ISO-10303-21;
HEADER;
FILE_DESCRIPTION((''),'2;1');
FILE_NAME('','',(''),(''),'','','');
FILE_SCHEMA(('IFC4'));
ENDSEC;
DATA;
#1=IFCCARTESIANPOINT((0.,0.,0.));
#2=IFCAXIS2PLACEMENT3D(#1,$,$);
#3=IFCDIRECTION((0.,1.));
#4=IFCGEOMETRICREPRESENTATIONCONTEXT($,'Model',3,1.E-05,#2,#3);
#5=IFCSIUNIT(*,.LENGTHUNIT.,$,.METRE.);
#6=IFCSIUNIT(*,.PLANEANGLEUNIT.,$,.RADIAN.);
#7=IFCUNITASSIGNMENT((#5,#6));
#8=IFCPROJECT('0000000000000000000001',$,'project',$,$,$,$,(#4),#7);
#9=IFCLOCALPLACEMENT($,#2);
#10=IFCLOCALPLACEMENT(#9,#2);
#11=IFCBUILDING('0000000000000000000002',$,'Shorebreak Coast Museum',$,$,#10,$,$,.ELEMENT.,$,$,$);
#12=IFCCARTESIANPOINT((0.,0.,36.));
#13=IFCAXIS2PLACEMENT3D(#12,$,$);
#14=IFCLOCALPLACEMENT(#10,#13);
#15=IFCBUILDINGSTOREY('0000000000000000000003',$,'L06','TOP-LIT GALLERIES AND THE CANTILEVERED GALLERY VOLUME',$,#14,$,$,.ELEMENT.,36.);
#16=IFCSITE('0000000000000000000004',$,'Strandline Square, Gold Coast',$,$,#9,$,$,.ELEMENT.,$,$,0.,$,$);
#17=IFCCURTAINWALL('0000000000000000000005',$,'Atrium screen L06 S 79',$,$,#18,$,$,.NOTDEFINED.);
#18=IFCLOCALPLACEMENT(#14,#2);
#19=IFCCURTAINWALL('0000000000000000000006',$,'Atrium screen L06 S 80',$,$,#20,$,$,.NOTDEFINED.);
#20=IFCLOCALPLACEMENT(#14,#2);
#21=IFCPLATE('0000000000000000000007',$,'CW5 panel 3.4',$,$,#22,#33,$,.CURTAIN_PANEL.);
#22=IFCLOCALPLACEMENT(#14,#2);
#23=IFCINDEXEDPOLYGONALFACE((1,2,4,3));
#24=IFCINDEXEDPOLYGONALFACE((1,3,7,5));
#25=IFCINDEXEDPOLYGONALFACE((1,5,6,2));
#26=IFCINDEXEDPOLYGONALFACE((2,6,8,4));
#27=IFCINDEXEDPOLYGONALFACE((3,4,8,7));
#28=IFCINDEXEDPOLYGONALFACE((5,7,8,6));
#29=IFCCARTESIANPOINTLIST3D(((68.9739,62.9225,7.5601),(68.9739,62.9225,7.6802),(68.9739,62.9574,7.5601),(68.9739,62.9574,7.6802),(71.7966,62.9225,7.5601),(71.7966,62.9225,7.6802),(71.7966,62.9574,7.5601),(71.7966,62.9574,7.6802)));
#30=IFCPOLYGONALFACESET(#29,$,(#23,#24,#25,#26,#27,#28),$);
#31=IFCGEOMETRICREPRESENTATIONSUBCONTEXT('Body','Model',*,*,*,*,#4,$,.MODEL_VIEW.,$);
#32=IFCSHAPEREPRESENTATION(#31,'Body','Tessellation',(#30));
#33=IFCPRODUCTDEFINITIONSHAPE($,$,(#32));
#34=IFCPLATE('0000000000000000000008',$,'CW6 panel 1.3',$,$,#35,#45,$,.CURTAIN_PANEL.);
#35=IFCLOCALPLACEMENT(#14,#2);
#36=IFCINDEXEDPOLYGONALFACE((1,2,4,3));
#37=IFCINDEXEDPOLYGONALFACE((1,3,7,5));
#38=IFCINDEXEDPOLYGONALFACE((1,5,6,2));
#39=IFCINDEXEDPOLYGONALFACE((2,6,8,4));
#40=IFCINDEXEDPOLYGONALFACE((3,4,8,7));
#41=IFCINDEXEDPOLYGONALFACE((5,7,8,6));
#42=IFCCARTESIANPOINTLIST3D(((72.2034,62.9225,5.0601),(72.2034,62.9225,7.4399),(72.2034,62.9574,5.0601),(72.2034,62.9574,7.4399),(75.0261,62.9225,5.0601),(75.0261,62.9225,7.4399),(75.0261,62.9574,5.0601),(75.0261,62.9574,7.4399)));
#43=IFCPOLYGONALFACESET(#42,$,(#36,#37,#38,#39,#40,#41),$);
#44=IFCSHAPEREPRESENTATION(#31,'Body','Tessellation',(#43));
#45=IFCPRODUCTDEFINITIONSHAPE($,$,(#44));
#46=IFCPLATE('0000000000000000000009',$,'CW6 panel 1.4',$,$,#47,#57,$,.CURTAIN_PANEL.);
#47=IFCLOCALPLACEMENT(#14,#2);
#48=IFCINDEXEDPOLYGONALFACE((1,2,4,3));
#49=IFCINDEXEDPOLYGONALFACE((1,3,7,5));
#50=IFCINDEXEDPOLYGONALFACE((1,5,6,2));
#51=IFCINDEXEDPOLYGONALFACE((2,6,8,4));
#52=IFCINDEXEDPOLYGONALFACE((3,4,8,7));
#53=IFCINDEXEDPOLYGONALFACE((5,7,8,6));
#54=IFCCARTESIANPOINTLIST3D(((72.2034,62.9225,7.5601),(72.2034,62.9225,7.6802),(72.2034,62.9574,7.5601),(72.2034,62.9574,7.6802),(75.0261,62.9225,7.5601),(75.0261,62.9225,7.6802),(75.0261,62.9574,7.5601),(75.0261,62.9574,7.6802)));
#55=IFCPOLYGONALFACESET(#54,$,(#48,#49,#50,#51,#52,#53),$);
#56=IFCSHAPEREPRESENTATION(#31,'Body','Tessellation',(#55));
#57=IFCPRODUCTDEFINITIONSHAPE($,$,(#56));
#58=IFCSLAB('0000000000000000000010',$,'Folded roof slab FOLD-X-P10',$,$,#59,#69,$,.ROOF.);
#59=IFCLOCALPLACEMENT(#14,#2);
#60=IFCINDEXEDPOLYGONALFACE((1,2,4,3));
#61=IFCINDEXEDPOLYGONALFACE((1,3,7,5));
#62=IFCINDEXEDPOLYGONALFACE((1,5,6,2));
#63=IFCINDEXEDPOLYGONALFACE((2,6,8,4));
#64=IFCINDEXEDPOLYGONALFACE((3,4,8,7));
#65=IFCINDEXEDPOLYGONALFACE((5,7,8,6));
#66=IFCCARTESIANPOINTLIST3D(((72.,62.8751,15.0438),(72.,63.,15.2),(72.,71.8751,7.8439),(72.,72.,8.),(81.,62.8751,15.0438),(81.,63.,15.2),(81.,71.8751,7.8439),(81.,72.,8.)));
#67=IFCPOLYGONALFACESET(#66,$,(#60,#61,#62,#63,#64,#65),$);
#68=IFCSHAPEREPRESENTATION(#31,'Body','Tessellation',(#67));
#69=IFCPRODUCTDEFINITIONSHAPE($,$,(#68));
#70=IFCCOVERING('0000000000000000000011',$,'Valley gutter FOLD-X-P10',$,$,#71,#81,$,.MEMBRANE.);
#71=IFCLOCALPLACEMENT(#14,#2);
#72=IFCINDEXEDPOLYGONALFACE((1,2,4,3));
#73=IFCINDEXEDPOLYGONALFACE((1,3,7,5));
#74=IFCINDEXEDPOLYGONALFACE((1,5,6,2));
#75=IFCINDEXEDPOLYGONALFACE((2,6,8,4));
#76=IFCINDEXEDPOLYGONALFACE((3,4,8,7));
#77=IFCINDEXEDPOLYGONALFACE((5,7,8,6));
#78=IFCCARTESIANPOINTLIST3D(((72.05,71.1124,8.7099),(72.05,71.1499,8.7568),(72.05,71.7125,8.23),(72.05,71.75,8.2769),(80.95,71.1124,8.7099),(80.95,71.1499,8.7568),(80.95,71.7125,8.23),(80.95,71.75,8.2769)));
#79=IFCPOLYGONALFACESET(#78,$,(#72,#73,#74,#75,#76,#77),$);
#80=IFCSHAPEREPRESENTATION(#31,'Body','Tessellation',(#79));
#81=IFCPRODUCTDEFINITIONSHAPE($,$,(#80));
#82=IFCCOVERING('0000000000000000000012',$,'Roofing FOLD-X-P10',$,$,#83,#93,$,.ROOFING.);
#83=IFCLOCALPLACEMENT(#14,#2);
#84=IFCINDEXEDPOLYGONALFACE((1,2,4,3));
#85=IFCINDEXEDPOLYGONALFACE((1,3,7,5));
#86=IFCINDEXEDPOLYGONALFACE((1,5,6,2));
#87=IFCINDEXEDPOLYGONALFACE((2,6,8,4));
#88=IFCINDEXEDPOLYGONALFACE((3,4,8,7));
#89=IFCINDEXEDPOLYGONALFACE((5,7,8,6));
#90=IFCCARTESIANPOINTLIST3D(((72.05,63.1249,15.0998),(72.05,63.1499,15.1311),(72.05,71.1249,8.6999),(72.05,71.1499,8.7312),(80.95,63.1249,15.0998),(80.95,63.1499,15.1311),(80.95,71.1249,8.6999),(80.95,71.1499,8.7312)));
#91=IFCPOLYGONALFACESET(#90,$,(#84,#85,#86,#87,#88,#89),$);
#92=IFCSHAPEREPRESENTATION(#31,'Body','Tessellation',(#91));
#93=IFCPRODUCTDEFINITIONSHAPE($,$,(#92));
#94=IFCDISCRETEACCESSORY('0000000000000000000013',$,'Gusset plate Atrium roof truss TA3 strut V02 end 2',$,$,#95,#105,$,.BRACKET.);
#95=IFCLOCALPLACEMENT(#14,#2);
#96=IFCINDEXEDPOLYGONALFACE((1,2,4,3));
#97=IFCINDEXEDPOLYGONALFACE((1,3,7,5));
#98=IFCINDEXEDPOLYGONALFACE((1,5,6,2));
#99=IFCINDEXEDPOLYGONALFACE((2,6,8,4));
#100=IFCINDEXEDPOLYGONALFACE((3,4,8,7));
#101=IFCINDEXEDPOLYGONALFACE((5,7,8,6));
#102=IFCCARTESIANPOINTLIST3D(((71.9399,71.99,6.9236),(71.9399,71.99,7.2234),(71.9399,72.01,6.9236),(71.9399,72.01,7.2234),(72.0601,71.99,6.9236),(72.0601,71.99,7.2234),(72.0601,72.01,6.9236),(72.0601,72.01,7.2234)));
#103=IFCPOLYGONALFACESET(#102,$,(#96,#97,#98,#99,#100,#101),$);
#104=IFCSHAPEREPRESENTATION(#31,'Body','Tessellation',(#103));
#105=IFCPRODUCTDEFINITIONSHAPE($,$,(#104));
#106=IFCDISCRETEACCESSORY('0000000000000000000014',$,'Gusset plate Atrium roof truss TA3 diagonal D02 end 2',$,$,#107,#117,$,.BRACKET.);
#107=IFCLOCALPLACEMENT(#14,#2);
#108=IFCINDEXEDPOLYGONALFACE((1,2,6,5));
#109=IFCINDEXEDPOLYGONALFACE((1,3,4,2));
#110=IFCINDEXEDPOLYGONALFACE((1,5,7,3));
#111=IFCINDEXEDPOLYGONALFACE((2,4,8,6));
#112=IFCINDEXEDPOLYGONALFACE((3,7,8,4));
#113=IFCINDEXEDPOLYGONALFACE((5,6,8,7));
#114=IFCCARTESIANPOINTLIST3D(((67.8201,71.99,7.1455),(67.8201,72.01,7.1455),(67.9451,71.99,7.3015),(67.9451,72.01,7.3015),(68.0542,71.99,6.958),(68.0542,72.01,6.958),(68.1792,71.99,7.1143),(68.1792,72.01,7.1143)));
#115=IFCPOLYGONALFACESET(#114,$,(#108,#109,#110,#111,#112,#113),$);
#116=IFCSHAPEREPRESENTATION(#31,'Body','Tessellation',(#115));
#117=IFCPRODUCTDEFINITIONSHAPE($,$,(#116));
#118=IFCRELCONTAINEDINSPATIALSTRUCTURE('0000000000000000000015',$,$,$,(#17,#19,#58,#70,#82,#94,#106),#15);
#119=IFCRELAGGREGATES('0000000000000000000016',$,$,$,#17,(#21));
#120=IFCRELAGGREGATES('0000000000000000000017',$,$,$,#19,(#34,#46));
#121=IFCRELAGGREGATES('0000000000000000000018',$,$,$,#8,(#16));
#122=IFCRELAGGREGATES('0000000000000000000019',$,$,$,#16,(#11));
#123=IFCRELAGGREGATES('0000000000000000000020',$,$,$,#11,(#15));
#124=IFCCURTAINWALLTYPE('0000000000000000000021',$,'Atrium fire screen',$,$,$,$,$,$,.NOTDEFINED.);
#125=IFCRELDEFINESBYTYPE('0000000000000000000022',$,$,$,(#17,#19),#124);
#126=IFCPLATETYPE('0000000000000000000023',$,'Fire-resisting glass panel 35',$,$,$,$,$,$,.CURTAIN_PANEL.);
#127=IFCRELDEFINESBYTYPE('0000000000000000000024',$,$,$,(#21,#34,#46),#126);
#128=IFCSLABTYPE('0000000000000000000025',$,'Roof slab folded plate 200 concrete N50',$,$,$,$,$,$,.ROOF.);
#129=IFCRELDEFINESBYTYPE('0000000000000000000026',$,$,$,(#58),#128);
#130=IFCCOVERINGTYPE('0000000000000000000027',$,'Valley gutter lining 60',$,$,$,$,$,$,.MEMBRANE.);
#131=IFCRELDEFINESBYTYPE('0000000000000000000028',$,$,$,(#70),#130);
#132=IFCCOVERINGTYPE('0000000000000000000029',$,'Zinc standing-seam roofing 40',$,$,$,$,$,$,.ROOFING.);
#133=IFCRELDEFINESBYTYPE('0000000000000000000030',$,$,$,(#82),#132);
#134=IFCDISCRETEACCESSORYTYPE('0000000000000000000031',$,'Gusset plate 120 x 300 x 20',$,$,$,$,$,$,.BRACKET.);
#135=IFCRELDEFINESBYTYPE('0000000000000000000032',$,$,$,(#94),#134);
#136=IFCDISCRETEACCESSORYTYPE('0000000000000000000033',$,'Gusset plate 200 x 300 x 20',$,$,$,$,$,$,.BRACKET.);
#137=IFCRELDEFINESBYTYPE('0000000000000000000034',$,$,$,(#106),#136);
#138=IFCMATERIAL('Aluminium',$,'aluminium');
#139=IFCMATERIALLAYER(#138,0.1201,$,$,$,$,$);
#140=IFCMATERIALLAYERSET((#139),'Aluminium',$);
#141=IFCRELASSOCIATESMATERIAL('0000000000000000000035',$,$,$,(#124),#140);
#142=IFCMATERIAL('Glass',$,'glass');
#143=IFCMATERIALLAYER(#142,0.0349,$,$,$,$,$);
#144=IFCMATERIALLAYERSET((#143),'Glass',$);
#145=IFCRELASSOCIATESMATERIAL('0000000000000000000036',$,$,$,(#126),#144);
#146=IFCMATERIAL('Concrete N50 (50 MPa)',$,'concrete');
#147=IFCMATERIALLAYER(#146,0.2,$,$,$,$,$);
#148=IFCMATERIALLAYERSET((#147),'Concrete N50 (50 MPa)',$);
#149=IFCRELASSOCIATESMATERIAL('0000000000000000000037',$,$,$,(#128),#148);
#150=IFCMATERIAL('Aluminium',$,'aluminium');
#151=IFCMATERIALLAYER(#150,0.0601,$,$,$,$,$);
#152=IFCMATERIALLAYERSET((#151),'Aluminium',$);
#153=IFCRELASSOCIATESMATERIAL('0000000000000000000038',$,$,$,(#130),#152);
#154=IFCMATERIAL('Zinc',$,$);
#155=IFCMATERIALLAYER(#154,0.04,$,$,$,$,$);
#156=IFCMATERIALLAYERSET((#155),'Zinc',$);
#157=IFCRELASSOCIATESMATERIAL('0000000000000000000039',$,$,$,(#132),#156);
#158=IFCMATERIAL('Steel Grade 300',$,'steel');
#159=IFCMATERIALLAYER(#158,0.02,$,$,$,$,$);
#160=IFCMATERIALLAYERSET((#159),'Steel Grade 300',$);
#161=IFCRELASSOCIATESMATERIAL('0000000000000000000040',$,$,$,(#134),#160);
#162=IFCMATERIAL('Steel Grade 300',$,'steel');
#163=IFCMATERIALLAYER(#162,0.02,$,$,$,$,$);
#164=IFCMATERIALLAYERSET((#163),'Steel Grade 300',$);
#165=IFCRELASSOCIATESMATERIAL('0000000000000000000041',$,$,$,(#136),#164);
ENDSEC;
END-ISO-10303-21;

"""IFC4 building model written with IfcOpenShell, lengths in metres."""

from ifc_helpers import new_model, si_unit, direction, frame, origin, origin_2d, place, context, subcontext, project, spatial, polyline, rectangle, outline, extrude, material, layer, layer_set, type_object, element, aggregate, save


model = new_model("IFC4")

# Units and contexts
model_context = context("Model", 3, precision=1e-05, world=origin(), true_north=direction((0.0, 1.0)))
body_context = subcontext(model_context, "Body", "Model", "MODEL_VIEW")
ifc_project = project(units=[si_unit("LENGTHUNIT", "METRE"), si_unit("PLANEANGLEUNIT", "RADIAN")], contexts=[model_context])

# Site, building, storey
site_placement = place(None, origin())
site = spatial("IfcSite", under=ifc_project, at=site_placement, Name="Strandline Square, Gold Coast", CompositionType="ELEMENT", RefElevation=0.0)
building_placement = place(site_placement, origin())
building = spatial("IfcBuilding", under=site, at=building_placement, Name="Shorebreak Coast Museum", CompositionType="ELEMENT")
storey_placement = place(building_placement, frame((0.0, 0.0, 36.0)))
storey = spatial("IfcBuildingStorey", under=building, at=storey_placement, Name="L06", Description="TOP-LIT GALLERIES AND THE CANTILEVERED GALLERY VOLUME", CompositionType="ELEMENT", Elevation=36.0)

# Curtain walls
ifc_material_1 = material(Name="Aluminium", Category="aluminium")
ifc_layer_1 = layer(ifc_material_1, 0.1201)
ifc_layer_set_1 = layer_set([ifc_layer_1], Name="Aluminium")
curtain_wall_type = type_object("IfcCurtainWallType", Name="Atrium fire screen", PredefinedType="NOTDEFINED", material=ifc_layer_set_1)
curtain_wall_1_placement = place(storey_placement, origin())
curtain_wall_1 = element("IfcCurtainWall", 1, at=curtain_wall_1_placement, inside=storey, type_object=curtain_wall_type, Name="Atrium screen L06 S 79", PredefinedType="NOTDEFINED")
curtain_wall_2_placement = place(storey_placement, origin())
curtain_wall_2 = element("IfcCurtainWall", 2, at=curtain_wall_2_placement, inside=storey, type_object=curtain_wall_type, Name="Atrium screen L06 S 80", PredefinedType="NOTDEFINED")

# Plates
ifc_material_2 = material(Name="Glass", Category="glass")
ifc_layer_2 = layer(ifc_material_2, 0.0349)
ifc_layer_set_2 = layer_set([ifc_layer_2], Name="Glass")
plate_type = type_object("IfcPlateType", Name="Fire-resisting glass panel 35", PredefinedType="CURTAIN_PANEL", material=ifc_layer_set_2)
plate_1_placement = place(storey_placement, frame((70.3853, 62.9399, 7.5601), z_axis=(0.0, 0.0, 1.0), x_axis=(1.0, 0.0, 0.0)))
plate_1 = element("IfcPlate", 3, at=plate_1_placement, type_object=plate_type, Name="CW5 panel 3.4", PredefinedType="CURTAIN_PANEL", context=body_context, shape_type="SweptSolid", body=[
    extrude(rectangle(XDim=2.8228, YDim=0.0349, at=origin_2d()), origin(), (0.0, 0.0, 1.0), 0.1201),
])
aggregate(curtain_wall_1, [plate_1])
plate_2_placement = place(storey_placement, frame((73.6147, 62.9399, 5.0601), z_axis=(0.0, 0.0, 1.0), x_axis=(1.0, 0.0, 0.0)))
plate_2 = element("IfcPlate", 4, at=plate_2_placement, type_object=plate_type, Name="CW6 panel 1.3", PredefinedType="CURTAIN_PANEL", context=body_context, shape_type="SweptSolid", body=[
    extrude(rectangle(XDim=2.8228, YDim=0.0349, at=origin_2d()), origin(), (0.0, 0.0, 1.0), 2.3799),
])
plate_3_placement = place(storey_placement, frame((73.6147, 62.9399, 7.5601), z_axis=(0.0, 0.0, 1.0), x_axis=(1.0, 0.0, 0.0)))
plate_3 = element("IfcPlate", 5, at=plate_3_placement, type_object=plate_type, Name="CW6 panel 1.4", PredefinedType="CURTAIN_PANEL", context=body_context, shape_type="SweptSolid", body=[
    extrude(rectangle(XDim=2.8228, YDim=0.0349, at=origin_2d()), origin(), (0.0, 0.0, 1.0), 0.1201),
])
aggregate(curtain_wall_2, [plate_2, plate_3])

# Slab
ifc_material_3 = material(Name="Concrete N50 (50 MPa)", Category="concrete")
ifc_layer_3 = layer(ifc_material_3, 0.2)
ifc_layer_set_3 = layer_set([ifc_layer_3], Name="Concrete N50 (50 MPa)")
slab_type = type_object("IfcSlabType", Name="Roof slab folded plate 200 concrete N50", PredefinedType="ROOF", material=ifc_layer_set_3)
slab_placement = place(storey_placement, frame((72.0, 63.0, 15.2), z_axis=(0.0, 0.624692, 0.780871), x_axis=(1.0, 0.0, 0.0)))
element("IfcSlab", 6, at=slab_placement, inside=storey, type_object=slab_type, Name="Folded roof slab FOLD-X-P10", PredefinedType="ROOF", context=body_context, shape_type="SweptSolid", body=[
    extrude(outline(polyline([(0.0, 0.0), (9.0, 0.0), (9.0, 11.5256), (0.0, 11.5256), (0.0, 0.0)])), origin(), (0.0, 0.0, -1.0), 0.2),
])

# Coverings
ifc_material_4 = material(Name="Aluminium", Category="aluminium")
ifc_layer_4 = layer(ifc_material_4, 0.0601)
ifc_layer_set_4 = layer_set([ifc_layer_4], Name="Aluminium")
covering_type_1 = type_object("IfcCoveringType", Name="Valley gutter lining 60", PredefinedType="MEMBRANE", material=ifc_layer_set_4)
covering_1_placement = place(storey_placement, frame((72.05, 71.1499, 8.7568), z_axis=(0.0, 0.624618, 0.780931), x_axis=(1.0, 0.0, 0.0)))
element("IfcCovering", 7, at=covering_1_placement, inside=storey, type_object=covering_type_1, Name="Valley gutter FOLD-X-P10", PredefinedType="MEMBRANE", context=body_context, shape_type="SweptSolid", body=[
    extrude(outline(polyline([(0.0, 0.0), (8.8999, 0.0), (8.8999, 0.7684), (0.0, 0.7684), (0.0, 0.0)])), origin(), (0.0, 0.0, -1.0), 0.0601),
])
ifc_material_5 = material(Name="Zinc")
ifc_layer_5 = layer(ifc_material_5, 0.04)
ifc_layer_set_5 = layer_set([ifc_layer_5], Name="Zinc")
covering_type_2 = type_object("IfcCoveringType", Name="Zinc standing-seam roofing 40", PredefinedType="ROOFING", material=ifc_layer_set_5)
covering_2_placement = place(storey_placement, frame((72.05, 63.1499, 15.1311), z_axis=(0.0, 0.624689, 0.780873), x_axis=(1.0, 0.0, 0.0)))
element("IfcCovering", 8, at=covering_2_placement, inside=storey, type_object=covering_type_2, Name="Roofing FOLD-X-P10", PredefinedType="ROOFING", context=body_context, shape_type="SweptSolid", body=[
    extrude(outline(polyline([(0.0, 0.0), (8.8999, 0.0), (8.8999, 10.2449), (0.0, 10.2449), (0.0, 0.0)])), origin(), (0.0, 0.0, -1.0), 0.04),
])

# Discrete accessories
ifc_material_6 = material(Name="Steel Grade 300", Category="steel")
ifc_layer_6 = layer(ifc_material_6, 0.02)
ifc_layer_set_6 = layer_set([ifc_layer_6], Name="Steel Grade 300")
discrete_accessory_type_1 = type_object("IfcDiscreteAccessoryType", Name="Gusset plate 120 x 300 x 20", PredefinedType="BRACKET", material=ifc_layer_set_6)
discrete_accessory_1_placement = place(storey_placement, frame((71.9399, 71.99, 6.9236), z_axis=(0.0, -1.0, 0.0), x_axis=(1.0, 0.0, 0.0)))
element("IfcDiscreteAccessory", 9, at=discrete_accessory_1_placement, inside=storey, type_object=discrete_accessory_type_1, Name="Gusset plate Atrium roof truss TA3 strut V02 end 2", PredefinedType="BRACKET", context=body_context, shape_type="SweptSolid", body=[
    extrude(outline(polyline([(0.0, 0.0), (0.1201, 0.0), (0.1201, 0.2998), (0.0, 0.2998), (0.0, 0.0)])), origin(), (0.0, 0.0, -1.0), 0.02),
])
ifc_material_7 = material(Name="Steel Grade 300", Category="steel")
ifc_layer_7 = layer(ifc_material_7, 0.02)
ifc_layer_set_7 = layer_set([ifc_layer_7], Name="Steel Grade 300")
discrete_accessory_type_2 = type_object("IfcDiscreteAccessoryType", Name="Gusset plate 200 x 300 x 20", PredefinedType="BRACKET", material=ifc_layer_set_7)
discrete_accessory_2_placement = place(storey_placement, frame((68.0542, 71.99, 6.958), z_axis=(0.0, -1.0, 0.0), x_axis=(0.624695, 0.0, 0.780869)))
element("IfcDiscreteAccessory", 10, at=discrete_accessory_2_placement, inside=storey, type_object=discrete_accessory_type_2, Name="Gusset plate Atrium roof truss TA3 diagonal D02 end 2", PredefinedType="BRACKET", context=body_context, shape_type="SweptSolid", body=[
    extrude(outline(polyline([(0.0, 0.0), (0.2001, 0.0), (0.2001, 0.2998), (0.0002, 0.3), (0.0, 0.0)])), origin(), (0.0, 0.0, -1.0), 0.02),
])

save(model, "model.ifc")
